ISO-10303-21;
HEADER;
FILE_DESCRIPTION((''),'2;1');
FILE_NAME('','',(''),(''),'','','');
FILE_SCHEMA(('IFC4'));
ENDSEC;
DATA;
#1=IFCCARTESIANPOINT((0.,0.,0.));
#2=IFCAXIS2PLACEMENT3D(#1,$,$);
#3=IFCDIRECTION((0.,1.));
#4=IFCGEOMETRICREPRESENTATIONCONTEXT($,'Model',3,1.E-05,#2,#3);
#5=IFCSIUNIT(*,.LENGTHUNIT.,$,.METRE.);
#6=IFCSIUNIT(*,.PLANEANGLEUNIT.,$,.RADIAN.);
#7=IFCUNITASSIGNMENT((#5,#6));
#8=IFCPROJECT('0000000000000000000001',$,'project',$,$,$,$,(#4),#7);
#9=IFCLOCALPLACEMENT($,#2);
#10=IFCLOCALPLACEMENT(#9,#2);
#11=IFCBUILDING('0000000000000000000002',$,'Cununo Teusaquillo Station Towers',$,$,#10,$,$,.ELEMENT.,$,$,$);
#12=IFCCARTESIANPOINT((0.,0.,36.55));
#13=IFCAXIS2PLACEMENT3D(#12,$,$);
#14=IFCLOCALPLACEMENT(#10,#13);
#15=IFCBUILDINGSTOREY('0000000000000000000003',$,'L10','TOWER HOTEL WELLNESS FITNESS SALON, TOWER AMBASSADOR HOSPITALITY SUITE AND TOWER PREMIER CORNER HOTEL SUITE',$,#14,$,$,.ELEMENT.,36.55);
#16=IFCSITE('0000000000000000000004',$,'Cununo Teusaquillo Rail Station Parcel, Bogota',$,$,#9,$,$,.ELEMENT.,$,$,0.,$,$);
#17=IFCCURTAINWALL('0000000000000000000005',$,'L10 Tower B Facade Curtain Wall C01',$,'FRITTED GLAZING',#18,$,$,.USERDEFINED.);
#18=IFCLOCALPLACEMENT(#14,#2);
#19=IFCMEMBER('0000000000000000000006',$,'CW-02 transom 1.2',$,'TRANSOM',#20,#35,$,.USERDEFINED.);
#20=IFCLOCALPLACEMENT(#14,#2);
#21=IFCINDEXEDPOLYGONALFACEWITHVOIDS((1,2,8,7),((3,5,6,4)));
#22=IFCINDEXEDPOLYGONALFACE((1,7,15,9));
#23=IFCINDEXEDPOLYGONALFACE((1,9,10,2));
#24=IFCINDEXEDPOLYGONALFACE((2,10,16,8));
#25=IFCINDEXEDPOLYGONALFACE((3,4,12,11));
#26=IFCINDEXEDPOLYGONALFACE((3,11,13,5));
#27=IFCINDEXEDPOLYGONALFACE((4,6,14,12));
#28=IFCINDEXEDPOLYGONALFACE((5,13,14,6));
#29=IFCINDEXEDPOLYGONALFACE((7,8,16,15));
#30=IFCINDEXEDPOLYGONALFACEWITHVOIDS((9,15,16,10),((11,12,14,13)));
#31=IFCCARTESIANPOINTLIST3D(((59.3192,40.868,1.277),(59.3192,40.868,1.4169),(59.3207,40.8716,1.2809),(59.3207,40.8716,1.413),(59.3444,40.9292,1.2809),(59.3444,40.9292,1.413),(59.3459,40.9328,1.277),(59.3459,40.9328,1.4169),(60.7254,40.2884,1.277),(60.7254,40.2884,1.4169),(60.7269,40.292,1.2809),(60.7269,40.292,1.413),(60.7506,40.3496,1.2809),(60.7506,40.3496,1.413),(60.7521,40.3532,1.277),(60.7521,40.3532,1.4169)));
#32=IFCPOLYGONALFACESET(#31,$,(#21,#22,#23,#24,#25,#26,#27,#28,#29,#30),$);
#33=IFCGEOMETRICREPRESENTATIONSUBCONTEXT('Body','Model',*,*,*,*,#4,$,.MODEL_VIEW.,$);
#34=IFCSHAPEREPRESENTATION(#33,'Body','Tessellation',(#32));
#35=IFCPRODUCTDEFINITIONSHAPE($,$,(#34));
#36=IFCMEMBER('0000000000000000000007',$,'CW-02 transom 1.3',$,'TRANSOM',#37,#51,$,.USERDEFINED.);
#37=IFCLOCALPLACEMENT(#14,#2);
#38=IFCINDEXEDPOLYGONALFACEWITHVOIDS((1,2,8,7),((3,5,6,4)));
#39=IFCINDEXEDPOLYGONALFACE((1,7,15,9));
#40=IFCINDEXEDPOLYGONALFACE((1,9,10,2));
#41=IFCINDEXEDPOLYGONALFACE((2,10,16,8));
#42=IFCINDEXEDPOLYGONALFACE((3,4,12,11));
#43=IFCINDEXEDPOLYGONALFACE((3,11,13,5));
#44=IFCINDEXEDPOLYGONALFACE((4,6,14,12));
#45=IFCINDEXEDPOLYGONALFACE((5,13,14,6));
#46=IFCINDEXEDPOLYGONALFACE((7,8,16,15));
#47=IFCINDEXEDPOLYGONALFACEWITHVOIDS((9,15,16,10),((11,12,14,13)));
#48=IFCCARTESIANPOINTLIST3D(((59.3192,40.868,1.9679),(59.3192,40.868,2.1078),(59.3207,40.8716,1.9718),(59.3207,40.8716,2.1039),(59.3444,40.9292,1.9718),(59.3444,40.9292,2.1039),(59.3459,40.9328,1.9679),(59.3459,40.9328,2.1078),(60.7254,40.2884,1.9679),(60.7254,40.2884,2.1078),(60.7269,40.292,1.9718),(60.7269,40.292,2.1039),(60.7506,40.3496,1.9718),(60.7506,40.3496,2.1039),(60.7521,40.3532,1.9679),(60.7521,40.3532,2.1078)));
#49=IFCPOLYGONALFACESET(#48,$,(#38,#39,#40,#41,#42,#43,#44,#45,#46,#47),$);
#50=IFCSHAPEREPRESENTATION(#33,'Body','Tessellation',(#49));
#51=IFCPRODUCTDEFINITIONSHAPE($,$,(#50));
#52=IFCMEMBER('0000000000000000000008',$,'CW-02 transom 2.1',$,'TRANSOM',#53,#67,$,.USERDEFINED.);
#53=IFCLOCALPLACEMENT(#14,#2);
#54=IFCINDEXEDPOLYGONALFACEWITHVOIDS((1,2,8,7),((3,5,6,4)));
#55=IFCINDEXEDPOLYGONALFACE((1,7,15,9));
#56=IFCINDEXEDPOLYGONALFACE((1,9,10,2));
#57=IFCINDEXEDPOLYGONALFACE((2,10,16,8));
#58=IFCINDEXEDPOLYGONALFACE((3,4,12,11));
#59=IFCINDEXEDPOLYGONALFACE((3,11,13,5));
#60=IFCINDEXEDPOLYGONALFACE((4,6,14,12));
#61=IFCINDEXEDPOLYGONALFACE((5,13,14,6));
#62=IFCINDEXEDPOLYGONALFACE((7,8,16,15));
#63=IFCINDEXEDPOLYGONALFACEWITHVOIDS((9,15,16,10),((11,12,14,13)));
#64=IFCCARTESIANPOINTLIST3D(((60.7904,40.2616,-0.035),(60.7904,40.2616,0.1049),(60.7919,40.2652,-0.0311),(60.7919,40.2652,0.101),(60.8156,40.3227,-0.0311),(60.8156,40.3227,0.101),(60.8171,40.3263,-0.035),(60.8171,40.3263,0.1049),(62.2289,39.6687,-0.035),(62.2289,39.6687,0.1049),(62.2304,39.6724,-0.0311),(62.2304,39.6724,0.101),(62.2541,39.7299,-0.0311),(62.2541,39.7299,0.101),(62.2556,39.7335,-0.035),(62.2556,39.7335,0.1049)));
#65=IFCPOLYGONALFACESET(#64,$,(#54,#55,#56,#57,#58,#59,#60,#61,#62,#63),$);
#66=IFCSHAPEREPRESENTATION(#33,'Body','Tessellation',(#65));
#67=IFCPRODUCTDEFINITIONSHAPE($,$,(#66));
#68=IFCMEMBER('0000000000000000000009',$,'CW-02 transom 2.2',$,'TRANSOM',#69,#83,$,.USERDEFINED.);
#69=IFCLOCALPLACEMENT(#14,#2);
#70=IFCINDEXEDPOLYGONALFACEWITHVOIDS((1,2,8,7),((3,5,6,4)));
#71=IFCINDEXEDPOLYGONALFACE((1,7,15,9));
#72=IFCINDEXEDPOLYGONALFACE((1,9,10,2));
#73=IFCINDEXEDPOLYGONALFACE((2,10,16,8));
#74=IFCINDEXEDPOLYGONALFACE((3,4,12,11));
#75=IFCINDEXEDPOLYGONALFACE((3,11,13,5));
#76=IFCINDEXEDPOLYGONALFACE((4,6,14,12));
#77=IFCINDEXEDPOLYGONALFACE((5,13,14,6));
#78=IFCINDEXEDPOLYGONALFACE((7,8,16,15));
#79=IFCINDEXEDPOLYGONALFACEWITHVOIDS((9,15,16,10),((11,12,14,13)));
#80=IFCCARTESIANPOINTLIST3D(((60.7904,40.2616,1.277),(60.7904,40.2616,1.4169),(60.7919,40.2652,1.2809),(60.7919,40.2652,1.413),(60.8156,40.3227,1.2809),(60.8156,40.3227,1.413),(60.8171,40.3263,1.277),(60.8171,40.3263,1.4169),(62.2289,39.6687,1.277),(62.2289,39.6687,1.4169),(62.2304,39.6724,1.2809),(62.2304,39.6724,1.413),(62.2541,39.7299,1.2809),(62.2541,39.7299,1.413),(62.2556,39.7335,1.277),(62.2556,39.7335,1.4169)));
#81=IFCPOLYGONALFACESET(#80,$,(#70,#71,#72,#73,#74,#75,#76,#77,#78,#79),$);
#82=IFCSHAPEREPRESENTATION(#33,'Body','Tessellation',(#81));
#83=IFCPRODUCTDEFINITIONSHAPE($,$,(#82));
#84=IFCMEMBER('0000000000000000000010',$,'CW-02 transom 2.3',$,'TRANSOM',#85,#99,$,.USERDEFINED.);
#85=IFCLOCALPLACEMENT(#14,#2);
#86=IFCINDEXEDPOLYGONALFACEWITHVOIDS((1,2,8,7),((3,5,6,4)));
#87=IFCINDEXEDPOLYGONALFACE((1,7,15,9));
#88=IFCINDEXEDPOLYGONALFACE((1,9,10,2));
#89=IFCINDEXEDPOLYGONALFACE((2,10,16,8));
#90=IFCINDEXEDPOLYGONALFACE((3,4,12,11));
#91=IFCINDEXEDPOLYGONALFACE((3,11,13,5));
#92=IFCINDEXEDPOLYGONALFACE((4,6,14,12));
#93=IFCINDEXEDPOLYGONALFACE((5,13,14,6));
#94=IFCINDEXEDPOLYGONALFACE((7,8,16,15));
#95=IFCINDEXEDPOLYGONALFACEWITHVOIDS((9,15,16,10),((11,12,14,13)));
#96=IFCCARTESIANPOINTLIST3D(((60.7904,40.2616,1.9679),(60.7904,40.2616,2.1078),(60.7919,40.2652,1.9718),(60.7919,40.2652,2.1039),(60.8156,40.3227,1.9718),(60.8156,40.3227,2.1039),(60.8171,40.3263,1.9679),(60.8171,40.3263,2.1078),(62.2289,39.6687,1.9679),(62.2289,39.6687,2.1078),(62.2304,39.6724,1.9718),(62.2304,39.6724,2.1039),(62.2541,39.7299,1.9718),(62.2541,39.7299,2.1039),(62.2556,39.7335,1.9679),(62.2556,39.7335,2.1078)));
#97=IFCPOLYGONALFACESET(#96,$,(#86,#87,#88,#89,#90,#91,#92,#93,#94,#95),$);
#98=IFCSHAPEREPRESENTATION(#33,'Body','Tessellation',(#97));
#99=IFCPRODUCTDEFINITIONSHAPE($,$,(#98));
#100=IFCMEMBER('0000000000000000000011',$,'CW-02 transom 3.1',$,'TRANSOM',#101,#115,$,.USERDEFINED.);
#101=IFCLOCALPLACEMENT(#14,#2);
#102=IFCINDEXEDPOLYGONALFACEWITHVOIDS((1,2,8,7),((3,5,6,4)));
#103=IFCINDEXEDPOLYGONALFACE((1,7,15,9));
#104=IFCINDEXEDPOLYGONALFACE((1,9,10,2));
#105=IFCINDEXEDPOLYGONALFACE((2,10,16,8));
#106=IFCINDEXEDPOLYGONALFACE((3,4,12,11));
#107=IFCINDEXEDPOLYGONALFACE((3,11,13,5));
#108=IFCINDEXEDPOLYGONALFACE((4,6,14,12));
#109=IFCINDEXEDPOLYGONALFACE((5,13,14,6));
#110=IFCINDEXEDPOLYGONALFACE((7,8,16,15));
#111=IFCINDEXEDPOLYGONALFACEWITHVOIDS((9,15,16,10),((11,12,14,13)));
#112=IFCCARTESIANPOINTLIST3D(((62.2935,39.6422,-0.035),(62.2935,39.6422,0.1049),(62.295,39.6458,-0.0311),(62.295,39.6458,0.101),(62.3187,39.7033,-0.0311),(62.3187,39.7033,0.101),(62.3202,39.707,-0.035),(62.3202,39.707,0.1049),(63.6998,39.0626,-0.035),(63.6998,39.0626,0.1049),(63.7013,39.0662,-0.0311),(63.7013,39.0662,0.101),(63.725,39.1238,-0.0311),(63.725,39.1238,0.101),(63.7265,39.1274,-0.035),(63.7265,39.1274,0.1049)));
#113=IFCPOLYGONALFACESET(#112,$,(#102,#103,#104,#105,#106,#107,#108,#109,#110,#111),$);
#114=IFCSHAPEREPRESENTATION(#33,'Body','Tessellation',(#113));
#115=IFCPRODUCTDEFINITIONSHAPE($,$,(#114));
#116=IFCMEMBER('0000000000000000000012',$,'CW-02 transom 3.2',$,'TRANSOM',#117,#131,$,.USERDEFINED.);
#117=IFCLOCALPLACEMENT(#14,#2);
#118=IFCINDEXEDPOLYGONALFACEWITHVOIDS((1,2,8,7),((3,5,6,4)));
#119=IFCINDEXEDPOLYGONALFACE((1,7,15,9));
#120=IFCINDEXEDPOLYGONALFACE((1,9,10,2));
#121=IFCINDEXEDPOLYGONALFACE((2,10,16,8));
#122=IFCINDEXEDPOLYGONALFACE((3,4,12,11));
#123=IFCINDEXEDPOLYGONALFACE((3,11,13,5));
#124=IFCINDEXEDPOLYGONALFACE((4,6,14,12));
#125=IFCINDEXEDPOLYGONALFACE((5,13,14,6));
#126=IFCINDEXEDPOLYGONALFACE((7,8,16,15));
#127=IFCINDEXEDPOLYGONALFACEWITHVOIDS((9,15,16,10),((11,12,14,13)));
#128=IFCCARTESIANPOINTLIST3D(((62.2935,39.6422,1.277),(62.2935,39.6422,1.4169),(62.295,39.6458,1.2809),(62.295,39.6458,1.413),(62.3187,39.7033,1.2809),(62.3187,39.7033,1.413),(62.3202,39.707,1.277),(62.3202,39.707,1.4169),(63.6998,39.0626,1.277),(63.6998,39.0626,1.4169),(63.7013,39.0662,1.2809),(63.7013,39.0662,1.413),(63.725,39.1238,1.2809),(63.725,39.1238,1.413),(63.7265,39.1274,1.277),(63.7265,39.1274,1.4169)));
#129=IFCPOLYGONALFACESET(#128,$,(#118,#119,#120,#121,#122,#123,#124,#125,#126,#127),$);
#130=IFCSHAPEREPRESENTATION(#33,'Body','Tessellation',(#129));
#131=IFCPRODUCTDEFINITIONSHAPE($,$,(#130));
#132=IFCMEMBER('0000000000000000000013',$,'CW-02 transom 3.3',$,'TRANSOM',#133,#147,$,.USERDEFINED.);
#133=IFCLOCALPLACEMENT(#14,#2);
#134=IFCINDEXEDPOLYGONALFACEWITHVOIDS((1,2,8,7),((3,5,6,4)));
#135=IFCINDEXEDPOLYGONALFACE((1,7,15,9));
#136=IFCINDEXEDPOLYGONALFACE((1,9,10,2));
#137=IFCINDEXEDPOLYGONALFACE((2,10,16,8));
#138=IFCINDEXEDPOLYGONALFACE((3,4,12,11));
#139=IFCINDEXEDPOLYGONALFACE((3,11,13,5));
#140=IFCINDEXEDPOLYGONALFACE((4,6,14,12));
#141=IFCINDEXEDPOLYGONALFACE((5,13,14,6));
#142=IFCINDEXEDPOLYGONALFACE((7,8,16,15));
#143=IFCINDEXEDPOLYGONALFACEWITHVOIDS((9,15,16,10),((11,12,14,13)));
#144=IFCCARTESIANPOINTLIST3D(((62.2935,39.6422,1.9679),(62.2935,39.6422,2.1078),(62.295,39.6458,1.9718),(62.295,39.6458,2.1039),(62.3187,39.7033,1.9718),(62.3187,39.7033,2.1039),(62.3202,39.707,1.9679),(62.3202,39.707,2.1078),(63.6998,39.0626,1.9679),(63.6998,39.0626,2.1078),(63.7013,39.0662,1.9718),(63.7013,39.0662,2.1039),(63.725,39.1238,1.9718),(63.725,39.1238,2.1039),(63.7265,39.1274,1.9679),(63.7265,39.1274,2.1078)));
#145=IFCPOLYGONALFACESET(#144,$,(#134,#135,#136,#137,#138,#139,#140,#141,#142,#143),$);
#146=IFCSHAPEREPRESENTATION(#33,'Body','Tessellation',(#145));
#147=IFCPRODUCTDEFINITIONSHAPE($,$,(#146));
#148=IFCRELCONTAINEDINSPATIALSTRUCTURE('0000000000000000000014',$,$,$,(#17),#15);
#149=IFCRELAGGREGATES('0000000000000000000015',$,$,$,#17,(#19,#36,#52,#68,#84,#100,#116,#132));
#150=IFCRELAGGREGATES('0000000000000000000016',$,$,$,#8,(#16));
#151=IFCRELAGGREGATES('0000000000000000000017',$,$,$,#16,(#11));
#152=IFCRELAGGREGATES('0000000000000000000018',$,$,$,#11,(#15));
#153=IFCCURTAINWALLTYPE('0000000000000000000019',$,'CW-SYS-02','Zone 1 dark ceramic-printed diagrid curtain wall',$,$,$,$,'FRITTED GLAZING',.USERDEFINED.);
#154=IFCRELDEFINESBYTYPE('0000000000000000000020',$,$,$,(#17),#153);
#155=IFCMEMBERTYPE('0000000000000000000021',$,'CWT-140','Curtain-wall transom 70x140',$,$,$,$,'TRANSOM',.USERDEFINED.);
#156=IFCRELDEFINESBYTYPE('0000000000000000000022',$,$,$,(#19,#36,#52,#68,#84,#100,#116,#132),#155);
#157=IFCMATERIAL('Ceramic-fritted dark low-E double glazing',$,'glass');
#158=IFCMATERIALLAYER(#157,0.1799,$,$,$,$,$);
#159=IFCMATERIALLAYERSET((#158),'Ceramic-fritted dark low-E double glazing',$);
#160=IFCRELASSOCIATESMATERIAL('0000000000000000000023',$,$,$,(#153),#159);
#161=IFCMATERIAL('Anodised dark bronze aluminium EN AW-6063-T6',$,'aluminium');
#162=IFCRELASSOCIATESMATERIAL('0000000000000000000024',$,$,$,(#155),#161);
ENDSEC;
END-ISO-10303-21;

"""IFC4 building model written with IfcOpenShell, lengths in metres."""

from ifc_helpers import new_model, si_unit, direction, frame, origin, origin_2d, place, context, subcontext, project, spatial, hollow_rectangle, extrude, material, layer, layer_set, material_profile, profile_set, type_object, element, aggregate, save


model = new_model("IFC4")

# Units and contexts
model_context = context("Model", 3, precision=1e-05, world=origin(), true_north=direction((0.0, 1.0)))
body_context = subcontext(model_context, "Body", "Model", "MODEL_VIEW")
ifc_project = project(units=[si_unit("LENGTHUNIT", "METRE"), si_unit("PLANEANGLEUNIT", "RADIAN")], contexts=[model_context])

# Site, building, storey
site_placement = place(None, origin())
site = spatial("IfcSite", under=ifc_project, at=site_placement, Name="Cununo Teusaquillo Rail Station Parcel, Bogota", CompositionType="ELEMENT", RefElevation=0.0)
building_placement = place(site_placement, origin())
building = spatial("IfcBuilding", under=site, at=building_placement, Name="Cununo Teusaquillo Station Towers", CompositionType="ELEMENT")
storey_placement = place(building_placement, frame((0.0, 0.0, 36.55)))
storey = spatial("IfcBuildingStorey", under=building, at=storey_placement, Name="L10", Description="TOWER HOTEL WELLNESS FITNESS SALON, TOWER AMBASSADOR HOSPITALITY SUITE AND TOWER PREMIER CORNER HOTEL SUITE", CompositionType="ELEMENT", Elevation=36.55)

# Curtain wall, members
ifc_material_1 = material(Name="Ceramic-fritted dark low-E double glazing", Category="glass")
ifc_layer_1 = layer(ifc_material_1, 0.1799)
ifc_layer_set_1 = layer_set([ifc_layer_1], Name="Ceramic-fritted dark low-E double glazing")
curtain_wall_type = type_object("IfcCurtainWallType", Name="CW-SYS-02", Description="Zone 1 dark ceramic-printed diagrid curtain wall", ElementType="FRITTED GLAZING", PredefinedType="USERDEFINED", material=ifc_layer_set_1)
curtain_wall_placement = place(storey_placement, origin())
curtain_wall = element("IfcCurtainWall", 1, at=curtain_wall_placement, inside=storey, type_object=curtain_wall_type, Name="L10 Tower B Facade Curtain Wall C01", ObjectType="FRITTED GLAZING", PredefinedType="USERDEFINED")
ifc_material_2 = material(Name="Anodised dark bronze aluminium EN AW-6063-T6", Category="aluminium")
ifc_material_profile_1 = material_profile(ifc_material_2, hollow_rectangle(XDim=0.0701, YDim=0.1399, WallThickness=0.0039, at=origin_2d()), Name="CW-TRAN-70x140")
ifc_profile_set_1 = profile_set([ifc_material_profile_1], Name="Anodised dark bronze aluminium EN AW-6063-T6")
member_type_1 = type_object("IfcMemberType", Name="CWT-140", Description="Curtain-wall transom 70x140", ElementType="TRANSOM", PredefinedType="USERDEFINED", material=ifc_profile_set_1)
member_1_placement = place(storey_placement, frame((59.3325, 40.9004, 1.3469), z_axis=(0.924552, -0.381057, 0.0), x_axis=(0.381057, 0.924552, 0.0)))
member_1 = element("IfcMember", 2, at=member_1_placement, type_object=member_type_1, Name="CW-02 transom 1.2", ObjectType="TRANSOM", PredefinedType="USERDEFINED", context=body_context, shape_type="SweptSolid", body=[
    extrude(hollow_rectangle(XDim=0.0701, YDim=0.1399, WallThickness=0.0039, at=origin_2d()), origin(), (0.0, 0.0, 1.0), 1.521),
])
member_2_placement = place(storey_placement, frame((59.3325, 40.9004, 2.0378), z_axis=(0.924552, -0.381057, 0.0), x_axis=(0.381057, 0.924552, 0.0)))
member_2 = element("IfcMember", 3, at=member_2_placement, type_object=member_type_1, Name="CW-02 transom 1.3", ObjectType="TRANSOM", PredefinedType="USERDEFINED", context=body_context, shape_type="SweptSolid", body=[
    extrude(hollow_rectangle(XDim=0.0701, YDim=0.1399, WallThickness=0.0039, at=origin_2d()), origin(), (0.0, 0.0, 1.0), 1.521),
])
member_3_placement = place(storey_placement, frame((60.8037, 40.2939, 0.0349), z_axis=(0.924574, -0.381002, 0.0), x_axis=(0.381002, 0.924574, 0.0)))
member_3 = element("IfcMember", 4, at=member_3_placement, type_object=member_type_1, Name="CW-02 transom 2.1", ObjectType="TRANSOM", PredefinedType="USERDEFINED", context=body_context, shape_type="SweptSolid", body=[
    extrude(hollow_rectangle(XDim=0.0701, YDim=0.1399, WallThickness=0.0039, at=origin_2d()), origin(), (0.0, 0.0, 1.0), 1.5559),
])
member_4_placement = place(storey_placement, frame((60.8037, 40.2939, 1.3469), z_axis=(0.924574, -0.381002, 0.0), x_axis=(0.381002, 0.924574, 0.0)))
member_4 = element("IfcMember", 5, at=member_4_placement, type_object=member_type_1, Name="CW-02 transom 2.2", ObjectType="TRANSOM", PredefinedType="USERDEFINED", context=body_context, shape_type="SweptSolid", body=[
    extrude(hollow_rectangle(XDim=0.0701, YDim=0.1399, WallThickness=0.0039, at=origin_2d()), origin(), (0.0, 0.0, 1.0), 1.5559),
])
member_5_placement = place(storey_placement, frame((60.8037, 40.2939, 2.0378), z_axis=(0.924574, -0.381002, 0.0), x_axis=(0.381002, 0.924574, 0.0)))
member_5 = element("IfcMember", 6, at=member_5_placement, type_object=member_type_1, Name="CW-02 transom 2.3", ObjectType="TRANSOM", PredefinedType="USERDEFINED", context=body_context, shape_type="SweptSolid", body=[
    extrude(hollow_rectangle(XDim=0.0701, YDim=0.1399, WallThickness=0.0039, at=origin_2d()), origin(), (0.0, 0.0, 1.0), 1.5559),
])
member_6_placement = place(storey_placement, frame((62.3069, 39.6746, 0.0349), z_axis=(0.924552, -0.381057, 0.0), x_axis=(0.381057, 0.924552, 0.0)))
member_6 = element("IfcMember", 7, at=member_6_placement, type_object=member_type_1, Name="CW-02 transom 3.1", ObjectType="TRANSOM", PredefinedType="USERDEFINED", context=body_context, shape_type="SweptSolid", body=[
    extrude(hollow_rectangle(XDim=0.0701, YDim=0.1399, WallThickness=0.0039, at=origin_2d()), origin(), (0.0, 0.0, 1.0), 1.521),
])
member_7_placement = place(storey_placement, frame((62.3069, 39.6746, 1.3469), z_axis=(0.924552, -0.381057, 0.0), x_axis=(0.381057, 0.924552, 0.0)))
member_7 = element("IfcMember", 8, at=member_7_placement, type_object=member_type_1, Name="CW-02 transom 3.2", ObjectType="TRANSOM", PredefinedType="USERDEFINED", context=body_context, shape_type="SweptSolid", body=[
    extrude(hollow_rectangle(XDim=0.0701, YDim=0.1399, WallThickness=0.0039, at=origin_2d()), origin(), (0.0, 0.0, 1.0), 1.521),
])
member_8_placement = place(storey_placement, frame((62.3069, 39.6746, 2.0378), z_axis=(0.924552, -0.381057, 0.0), x_axis=(0.381057, 0.924552, 0.0)))
member_8 = element("IfcMember", 9, at=member_8_placement, type_object=member_type_1, Name="CW-02 transom 3.3", ObjectType="TRANSOM", PredefinedType="USERDEFINED", context=body_context, shape_type="SweptSolid", body=[
    extrude(hollow_rectangle(XDim=0.0701, YDim=0.1399, WallThickness=0.0039, at=origin_2d()), origin(), (0.0, 0.0, 1.0), 1.521),
])

aggregate(curtain_wall, [member_1, member_2, member_3, member_4, member_5, member_6, member_7, member_8])

save(model, "model.ifc")
